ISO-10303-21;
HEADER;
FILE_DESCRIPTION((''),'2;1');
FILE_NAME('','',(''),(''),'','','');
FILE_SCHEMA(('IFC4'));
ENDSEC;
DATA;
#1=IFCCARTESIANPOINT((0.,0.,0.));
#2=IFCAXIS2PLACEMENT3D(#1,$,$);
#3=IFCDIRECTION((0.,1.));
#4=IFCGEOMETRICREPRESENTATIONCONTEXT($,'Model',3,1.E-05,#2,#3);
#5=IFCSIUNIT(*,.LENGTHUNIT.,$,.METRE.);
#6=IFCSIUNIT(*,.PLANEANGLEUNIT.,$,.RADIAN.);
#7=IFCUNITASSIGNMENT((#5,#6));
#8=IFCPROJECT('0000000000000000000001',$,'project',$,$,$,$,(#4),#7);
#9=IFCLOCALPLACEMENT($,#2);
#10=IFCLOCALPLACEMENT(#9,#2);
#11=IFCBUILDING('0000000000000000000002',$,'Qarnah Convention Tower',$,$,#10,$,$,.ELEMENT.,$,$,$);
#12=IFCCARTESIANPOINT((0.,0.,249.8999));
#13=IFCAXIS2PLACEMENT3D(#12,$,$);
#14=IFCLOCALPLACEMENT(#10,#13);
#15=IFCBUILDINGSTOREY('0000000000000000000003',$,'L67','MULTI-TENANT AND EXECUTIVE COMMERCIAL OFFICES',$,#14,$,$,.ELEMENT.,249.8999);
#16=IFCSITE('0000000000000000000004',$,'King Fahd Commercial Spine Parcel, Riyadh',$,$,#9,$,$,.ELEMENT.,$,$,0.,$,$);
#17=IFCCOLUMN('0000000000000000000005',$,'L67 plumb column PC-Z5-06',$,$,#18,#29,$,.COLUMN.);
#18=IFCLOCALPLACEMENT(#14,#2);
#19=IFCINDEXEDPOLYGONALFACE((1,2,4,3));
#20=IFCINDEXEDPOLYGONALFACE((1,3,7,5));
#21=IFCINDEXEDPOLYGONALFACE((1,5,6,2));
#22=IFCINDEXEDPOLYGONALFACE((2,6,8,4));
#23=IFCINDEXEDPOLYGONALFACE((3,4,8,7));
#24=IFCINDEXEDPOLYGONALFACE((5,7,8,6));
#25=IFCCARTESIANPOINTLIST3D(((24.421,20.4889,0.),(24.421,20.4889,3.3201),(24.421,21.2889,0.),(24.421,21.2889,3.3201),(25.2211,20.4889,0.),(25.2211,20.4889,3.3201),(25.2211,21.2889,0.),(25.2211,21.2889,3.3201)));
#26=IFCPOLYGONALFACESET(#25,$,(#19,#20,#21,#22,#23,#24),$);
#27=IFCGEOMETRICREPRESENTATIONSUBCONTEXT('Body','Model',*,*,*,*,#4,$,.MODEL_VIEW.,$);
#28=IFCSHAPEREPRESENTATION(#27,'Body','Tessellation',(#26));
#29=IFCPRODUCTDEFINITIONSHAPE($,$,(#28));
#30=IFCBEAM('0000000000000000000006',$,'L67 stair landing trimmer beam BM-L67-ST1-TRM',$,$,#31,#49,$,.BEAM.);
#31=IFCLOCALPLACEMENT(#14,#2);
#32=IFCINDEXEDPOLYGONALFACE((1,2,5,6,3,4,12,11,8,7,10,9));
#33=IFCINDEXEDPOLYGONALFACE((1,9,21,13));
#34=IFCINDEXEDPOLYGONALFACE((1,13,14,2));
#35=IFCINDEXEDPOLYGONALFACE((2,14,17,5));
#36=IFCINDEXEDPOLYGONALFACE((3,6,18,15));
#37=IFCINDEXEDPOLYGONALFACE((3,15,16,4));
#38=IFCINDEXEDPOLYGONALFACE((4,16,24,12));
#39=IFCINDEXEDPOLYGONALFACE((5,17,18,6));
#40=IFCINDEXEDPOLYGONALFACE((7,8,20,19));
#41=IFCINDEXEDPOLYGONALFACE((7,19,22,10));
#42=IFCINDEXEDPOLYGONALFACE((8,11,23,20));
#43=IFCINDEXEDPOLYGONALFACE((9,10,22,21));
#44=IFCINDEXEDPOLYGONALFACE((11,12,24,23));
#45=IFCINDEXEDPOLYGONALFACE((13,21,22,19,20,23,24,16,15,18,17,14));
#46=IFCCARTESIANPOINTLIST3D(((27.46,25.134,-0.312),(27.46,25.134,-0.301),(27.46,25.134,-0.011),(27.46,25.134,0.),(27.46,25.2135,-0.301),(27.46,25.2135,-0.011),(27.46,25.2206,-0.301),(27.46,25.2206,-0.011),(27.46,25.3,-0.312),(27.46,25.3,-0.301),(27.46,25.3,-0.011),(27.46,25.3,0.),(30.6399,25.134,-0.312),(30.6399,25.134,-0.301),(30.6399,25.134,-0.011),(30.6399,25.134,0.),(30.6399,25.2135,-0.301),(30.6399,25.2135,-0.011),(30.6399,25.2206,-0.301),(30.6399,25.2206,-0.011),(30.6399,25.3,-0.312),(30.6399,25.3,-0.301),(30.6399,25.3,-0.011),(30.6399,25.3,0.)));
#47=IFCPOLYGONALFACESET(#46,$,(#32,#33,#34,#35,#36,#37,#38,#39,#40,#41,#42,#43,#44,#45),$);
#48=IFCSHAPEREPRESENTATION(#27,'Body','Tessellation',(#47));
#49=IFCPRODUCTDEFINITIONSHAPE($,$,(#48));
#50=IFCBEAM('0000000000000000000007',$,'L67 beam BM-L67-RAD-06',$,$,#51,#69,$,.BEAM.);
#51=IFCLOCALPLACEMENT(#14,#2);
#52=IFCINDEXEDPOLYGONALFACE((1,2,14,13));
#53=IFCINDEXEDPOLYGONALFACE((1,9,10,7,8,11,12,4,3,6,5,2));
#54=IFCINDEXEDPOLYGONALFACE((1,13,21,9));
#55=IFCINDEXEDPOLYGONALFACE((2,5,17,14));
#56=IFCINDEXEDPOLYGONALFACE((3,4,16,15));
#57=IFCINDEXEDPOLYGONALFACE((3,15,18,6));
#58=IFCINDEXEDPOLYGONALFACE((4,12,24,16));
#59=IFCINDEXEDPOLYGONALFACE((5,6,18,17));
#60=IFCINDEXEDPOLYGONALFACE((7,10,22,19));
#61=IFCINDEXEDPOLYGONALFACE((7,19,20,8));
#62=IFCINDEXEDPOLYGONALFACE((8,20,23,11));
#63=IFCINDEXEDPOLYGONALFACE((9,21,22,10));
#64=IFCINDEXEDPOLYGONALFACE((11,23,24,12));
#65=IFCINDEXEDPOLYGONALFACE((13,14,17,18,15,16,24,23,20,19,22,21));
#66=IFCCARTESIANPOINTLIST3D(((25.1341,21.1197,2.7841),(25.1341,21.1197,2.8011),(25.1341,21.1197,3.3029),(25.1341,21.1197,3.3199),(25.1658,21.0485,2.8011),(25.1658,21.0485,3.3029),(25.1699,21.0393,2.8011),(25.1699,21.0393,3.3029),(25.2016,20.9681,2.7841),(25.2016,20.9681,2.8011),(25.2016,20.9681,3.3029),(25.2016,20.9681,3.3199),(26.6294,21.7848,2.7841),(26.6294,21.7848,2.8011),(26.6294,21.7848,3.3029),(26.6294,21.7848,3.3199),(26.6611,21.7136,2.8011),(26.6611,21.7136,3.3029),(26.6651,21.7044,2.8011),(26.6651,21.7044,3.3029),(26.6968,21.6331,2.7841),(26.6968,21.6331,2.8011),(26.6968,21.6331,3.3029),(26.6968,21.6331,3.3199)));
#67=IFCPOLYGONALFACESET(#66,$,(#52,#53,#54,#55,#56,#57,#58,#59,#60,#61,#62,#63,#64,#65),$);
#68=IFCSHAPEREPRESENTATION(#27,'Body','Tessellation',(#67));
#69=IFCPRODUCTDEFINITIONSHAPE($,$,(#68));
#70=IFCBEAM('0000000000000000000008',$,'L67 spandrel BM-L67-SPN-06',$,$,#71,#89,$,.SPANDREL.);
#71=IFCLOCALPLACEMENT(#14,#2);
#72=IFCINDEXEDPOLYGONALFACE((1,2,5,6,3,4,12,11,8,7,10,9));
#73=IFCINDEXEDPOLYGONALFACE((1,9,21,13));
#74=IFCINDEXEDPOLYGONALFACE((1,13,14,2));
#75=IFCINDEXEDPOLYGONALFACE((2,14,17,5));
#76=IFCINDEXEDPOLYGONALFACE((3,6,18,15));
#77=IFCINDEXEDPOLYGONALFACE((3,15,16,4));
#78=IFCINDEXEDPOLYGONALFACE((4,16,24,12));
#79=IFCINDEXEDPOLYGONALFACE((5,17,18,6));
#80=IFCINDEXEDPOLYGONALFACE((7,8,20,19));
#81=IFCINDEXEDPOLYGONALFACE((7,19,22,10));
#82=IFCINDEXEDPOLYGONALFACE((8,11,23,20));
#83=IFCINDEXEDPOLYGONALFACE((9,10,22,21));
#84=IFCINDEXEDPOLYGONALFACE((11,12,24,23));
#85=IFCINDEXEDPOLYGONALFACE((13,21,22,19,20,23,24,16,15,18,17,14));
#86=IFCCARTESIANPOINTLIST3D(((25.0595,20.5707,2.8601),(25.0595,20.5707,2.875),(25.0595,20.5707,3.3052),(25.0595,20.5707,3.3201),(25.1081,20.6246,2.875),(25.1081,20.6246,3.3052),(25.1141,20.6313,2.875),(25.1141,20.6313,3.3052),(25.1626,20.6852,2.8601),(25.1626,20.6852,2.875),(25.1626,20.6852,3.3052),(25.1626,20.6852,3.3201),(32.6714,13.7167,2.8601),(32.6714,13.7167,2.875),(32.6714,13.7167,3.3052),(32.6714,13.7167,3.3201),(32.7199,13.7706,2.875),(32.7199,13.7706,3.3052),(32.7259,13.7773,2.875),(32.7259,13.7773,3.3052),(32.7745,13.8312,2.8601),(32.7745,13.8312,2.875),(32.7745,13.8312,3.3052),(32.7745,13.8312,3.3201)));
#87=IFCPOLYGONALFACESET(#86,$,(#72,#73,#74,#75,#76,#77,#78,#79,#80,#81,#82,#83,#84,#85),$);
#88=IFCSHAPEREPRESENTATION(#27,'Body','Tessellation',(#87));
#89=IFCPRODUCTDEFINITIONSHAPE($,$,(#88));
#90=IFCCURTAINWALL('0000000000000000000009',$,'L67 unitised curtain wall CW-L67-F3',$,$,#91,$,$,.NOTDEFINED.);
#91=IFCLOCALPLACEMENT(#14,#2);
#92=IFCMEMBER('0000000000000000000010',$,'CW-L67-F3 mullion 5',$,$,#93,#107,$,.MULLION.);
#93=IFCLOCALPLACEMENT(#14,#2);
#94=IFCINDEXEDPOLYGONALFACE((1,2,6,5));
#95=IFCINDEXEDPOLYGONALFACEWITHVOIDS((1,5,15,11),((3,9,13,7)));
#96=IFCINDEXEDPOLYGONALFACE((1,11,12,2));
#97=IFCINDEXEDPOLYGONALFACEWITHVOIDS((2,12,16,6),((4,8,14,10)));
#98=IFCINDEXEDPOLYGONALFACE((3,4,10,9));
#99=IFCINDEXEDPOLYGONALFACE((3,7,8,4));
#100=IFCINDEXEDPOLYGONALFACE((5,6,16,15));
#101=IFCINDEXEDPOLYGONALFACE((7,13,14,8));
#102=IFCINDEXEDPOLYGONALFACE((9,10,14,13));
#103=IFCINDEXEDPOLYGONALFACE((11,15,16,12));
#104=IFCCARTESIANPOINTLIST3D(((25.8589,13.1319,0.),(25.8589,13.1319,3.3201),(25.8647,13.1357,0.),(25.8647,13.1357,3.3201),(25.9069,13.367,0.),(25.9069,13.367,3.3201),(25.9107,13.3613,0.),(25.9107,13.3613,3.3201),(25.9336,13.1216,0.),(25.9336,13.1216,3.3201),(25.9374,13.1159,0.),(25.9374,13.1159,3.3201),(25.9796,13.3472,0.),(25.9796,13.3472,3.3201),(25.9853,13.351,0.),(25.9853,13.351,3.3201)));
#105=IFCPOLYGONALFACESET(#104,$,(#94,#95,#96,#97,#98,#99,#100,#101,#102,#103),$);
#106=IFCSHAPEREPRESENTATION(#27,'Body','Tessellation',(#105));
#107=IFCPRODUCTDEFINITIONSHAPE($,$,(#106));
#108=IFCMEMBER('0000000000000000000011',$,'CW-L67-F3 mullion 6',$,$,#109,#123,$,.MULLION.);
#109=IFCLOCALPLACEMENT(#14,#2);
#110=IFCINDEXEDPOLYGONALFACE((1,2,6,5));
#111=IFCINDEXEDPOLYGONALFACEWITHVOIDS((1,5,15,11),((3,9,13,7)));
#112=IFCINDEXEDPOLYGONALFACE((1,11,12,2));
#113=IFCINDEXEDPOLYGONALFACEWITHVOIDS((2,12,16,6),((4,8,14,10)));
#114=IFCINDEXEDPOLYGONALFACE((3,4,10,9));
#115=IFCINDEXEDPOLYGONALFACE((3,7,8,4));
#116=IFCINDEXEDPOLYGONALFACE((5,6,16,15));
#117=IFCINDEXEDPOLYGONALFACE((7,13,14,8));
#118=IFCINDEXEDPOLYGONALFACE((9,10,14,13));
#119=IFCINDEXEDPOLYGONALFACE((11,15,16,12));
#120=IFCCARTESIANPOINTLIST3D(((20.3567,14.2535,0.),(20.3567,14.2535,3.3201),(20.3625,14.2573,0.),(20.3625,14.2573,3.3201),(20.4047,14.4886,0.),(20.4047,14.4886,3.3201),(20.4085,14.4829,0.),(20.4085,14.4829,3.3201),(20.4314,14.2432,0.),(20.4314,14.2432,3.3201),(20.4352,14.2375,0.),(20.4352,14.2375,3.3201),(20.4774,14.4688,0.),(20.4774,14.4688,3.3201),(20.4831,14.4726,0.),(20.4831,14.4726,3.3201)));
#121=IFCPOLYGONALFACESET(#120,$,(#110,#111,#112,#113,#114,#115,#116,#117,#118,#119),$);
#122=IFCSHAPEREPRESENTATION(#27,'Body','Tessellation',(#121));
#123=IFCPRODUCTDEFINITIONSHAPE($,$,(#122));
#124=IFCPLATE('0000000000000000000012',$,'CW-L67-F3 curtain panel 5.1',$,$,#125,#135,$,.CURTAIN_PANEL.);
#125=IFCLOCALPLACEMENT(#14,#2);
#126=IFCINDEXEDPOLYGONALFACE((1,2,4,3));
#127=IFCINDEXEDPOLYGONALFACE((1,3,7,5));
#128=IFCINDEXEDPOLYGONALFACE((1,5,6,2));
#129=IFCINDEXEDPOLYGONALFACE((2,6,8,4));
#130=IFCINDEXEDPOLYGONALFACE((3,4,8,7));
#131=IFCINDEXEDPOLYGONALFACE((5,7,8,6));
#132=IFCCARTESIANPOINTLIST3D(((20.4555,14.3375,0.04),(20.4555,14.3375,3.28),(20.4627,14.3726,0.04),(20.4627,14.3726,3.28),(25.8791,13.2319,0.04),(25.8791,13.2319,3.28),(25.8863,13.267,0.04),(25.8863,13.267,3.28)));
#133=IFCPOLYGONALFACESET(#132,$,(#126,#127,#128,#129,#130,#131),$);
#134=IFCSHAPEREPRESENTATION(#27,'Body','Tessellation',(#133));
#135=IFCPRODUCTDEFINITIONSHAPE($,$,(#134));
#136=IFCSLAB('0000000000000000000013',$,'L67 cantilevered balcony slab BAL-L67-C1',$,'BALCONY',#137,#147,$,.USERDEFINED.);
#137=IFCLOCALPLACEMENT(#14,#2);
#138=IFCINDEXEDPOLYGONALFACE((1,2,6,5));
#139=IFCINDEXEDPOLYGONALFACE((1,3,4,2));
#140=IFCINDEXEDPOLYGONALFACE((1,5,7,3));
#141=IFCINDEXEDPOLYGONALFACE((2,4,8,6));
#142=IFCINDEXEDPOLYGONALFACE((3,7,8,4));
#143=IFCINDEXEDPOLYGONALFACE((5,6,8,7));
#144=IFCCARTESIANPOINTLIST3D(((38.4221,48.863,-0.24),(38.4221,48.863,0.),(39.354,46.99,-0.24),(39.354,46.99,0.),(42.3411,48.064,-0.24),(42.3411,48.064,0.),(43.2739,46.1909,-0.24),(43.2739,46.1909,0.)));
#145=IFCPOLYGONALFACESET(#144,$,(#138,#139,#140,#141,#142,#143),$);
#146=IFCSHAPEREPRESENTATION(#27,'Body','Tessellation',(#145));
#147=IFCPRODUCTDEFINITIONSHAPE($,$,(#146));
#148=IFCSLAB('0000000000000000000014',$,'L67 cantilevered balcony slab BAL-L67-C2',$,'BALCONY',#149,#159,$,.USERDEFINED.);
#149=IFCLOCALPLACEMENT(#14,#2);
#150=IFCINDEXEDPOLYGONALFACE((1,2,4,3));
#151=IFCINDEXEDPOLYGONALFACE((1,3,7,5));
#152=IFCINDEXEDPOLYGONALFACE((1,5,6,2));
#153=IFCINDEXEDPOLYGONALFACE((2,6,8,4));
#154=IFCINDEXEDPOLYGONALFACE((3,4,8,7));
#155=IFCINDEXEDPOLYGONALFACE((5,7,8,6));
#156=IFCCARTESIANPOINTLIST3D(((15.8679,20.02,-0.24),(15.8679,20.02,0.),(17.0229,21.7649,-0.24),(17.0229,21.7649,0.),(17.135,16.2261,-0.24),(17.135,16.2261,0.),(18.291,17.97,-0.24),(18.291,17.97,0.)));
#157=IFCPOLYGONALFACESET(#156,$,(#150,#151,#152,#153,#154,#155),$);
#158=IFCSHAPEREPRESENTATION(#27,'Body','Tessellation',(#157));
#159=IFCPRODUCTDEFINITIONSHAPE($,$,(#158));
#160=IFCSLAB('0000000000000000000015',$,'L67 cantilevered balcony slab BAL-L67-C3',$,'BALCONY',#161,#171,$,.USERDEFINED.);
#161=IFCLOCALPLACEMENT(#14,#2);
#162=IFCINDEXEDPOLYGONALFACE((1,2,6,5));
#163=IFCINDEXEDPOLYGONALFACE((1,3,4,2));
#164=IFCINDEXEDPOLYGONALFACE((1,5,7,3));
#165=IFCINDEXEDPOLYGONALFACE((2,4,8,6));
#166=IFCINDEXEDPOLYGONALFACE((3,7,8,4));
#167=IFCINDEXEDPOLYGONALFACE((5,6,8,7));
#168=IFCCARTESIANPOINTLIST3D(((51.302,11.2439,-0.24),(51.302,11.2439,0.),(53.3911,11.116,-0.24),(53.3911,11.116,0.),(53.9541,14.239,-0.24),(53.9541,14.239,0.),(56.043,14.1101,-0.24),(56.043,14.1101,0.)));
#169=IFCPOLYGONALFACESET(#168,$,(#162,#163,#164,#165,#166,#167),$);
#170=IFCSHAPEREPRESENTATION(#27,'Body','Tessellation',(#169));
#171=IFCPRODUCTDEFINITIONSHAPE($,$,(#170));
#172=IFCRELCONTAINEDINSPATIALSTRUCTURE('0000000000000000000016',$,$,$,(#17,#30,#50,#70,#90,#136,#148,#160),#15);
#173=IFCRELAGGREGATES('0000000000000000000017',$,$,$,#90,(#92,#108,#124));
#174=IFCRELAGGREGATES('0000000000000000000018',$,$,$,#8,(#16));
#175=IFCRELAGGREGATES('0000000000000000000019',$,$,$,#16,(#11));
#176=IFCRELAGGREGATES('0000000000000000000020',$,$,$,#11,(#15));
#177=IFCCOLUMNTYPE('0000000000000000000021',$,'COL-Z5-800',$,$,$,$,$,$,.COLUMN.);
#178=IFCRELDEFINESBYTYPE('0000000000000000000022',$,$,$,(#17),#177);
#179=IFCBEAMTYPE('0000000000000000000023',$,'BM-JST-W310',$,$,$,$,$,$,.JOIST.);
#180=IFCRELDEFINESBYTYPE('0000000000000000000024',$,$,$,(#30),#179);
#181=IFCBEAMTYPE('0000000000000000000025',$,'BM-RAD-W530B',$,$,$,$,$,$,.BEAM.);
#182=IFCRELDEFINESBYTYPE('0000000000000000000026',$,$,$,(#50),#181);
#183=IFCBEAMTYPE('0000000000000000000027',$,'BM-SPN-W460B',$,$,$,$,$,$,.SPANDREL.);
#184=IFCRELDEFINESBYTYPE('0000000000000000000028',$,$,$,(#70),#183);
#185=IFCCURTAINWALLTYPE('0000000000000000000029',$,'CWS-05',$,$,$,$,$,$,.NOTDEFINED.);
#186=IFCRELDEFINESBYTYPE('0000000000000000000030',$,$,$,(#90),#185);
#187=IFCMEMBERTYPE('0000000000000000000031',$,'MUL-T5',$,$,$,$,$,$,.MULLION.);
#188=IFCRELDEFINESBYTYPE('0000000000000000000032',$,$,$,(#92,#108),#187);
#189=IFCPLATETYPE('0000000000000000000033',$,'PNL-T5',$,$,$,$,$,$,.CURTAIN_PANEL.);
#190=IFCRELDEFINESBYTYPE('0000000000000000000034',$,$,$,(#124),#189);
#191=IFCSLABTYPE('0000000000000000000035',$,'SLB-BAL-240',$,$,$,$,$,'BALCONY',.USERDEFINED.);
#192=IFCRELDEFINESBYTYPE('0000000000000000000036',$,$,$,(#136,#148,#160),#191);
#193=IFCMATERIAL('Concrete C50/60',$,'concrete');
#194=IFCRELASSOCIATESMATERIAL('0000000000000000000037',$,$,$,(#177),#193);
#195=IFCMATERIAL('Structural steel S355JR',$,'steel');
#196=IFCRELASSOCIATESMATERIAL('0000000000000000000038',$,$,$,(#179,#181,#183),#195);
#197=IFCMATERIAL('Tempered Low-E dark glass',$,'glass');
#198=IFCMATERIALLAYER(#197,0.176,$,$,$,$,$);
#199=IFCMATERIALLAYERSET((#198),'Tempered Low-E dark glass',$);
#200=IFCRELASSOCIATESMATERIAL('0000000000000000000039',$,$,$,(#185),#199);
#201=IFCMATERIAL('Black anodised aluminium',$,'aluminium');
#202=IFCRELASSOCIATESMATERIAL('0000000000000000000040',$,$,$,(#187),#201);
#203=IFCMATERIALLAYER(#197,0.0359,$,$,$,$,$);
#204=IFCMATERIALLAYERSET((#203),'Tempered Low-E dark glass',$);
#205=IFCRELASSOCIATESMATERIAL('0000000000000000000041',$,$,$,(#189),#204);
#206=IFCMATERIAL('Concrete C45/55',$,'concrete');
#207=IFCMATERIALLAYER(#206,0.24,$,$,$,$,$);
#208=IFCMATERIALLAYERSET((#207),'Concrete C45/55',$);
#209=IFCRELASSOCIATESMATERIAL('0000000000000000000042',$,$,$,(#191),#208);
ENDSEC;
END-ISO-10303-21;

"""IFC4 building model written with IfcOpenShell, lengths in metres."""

from ifc_helpers import new_model, si_unit, direction, frame, origin, origin_2d, place, context, subcontext, project, spatial, polyline, rectangle, hollow_rectangle, i_section, outline, extrude, material, layer, layer_set, material_profile, profile_set, type_object, element, aggregate, save


model = new_model("IFC4")

# Units and contexts
model_context = context("Model", 3, precision=1e-05, world=origin(), true_north=direction((0.0, 1.0)))
body_context = subcontext(model_context, "Body", "Model", "MODEL_VIEW")
ifc_project = project(units=[si_unit("LENGTHUNIT", "METRE"), si_unit("PLANEANGLEUNIT", "RADIAN")], contexts=[model_context])

# Site, building, storey
site_placement = place(None, origin())
site = spatial("IfcSite", under=ifc_project, at=site_placement, Name="King Fahd Commercial Spine Parcel, Riyadh", CompositionType="ELEMENT", RefElevation=0.0)
building_placement = place(site_placement, origin())
building = spatial("IfcBuilding", under=site, at=building_placement, Name="Qarnah Convention Tower", CompositionType="ELEMENT")
storey_placement = place(building_placement, frame((0.0, 0.0, 249.8999)))
storey = spatial("IfcBuildingStorey", under=building, at=storey_placement, Name="L67", Description="MULTI-TENANT AND EXECUTIVE COMMERCIAL OFFICES", CompositionType="ELEMENT", Elevation=249.8999)

# Column
ifc_material_1 = material(Name="Concrete C50/60", Category="concrete")
ifc_material_profile_1 = material_profile(ifc_material_1, rectangle(XDim=0.8, YDim=0.8, at=origin_2d()), Name="RC-COL-800X800")
ifc_profile_set_1 = profile_set([ifc_material_profile_1], Name="Concrete C50/60")
column_type = type_object("IfcColumnType", Name="COL-Z5-800", PredefinedType="COLUMN", material=ifc_profile_set_1)
column_placement = place(storey_placement, frame((24.821, 20.8889, 0.0), z_axis=(0.0, 0.0, 1.0), x_axis=(1.0, 0.0, 0.0)))
element("IfcColumn", 1, at=column_placement, inside=storey, type_object=column_type, Name="L67 plumb column PC-Z5-06", PredefinedType="COLUMN", context=body_context, shape_type="SweptSolid", body=[
    extrude(rectangle(XDim=0.8, YDim=0.8, at=origin_2d()), origin(), (0.0, 0.0, 1.0), 3.3201),
])

# Beams
ifc_material_2 = material(Name="Structural steel S355JR", Category="steel")
ifc_material_profile_2 = material_profile(ifc_material_2, i_section(OverallWidth=0.166, OverallDepth=0.312, WebThickness=0.0071, FlangeThickness=0.011, at=origin_2d()), Name="W310X45")
ifc_profile_set_2 = profile_set([ifc_material_profile_2], Name="Structural steel S355JR")
beam_type_1 = type_object("IfcBeamType", Name="BM-JST-W310", PredefinedType="JOIST", material=ifc_profile_set_2)
beam_1_placement = place(storey_placement, frame((27.46, 25.217, -0.156), z_axis=(1.0, 0.0, 0.0), x_axis=(0.0, 1.0, 0.0)))
element("IfcBeam", 2, at=beam_1_placement, inside=storey, type_object=beam_type_1, Name="L67 stair landing trimmer beam BM-L67-ST1-TRM", PredefinedType="BEAM", context=body_context, shape_type="SweptSolid", body=[
    extrude(i_section(OverallWidth=0.166, OverallDepth=0.312, WebThickness=0.0071, FlangeThickness=0.011, at=origin_2d()), origin(), (0.0, 0.0, 1.0), 3.1799),
])
ifc_material_profile_3 = material_profile(ifc_material_2, i_section(OverallWidth=0.166, OverallDepth=0.5359, WebThickness=0.01, FlangeThickness=0.0171, at=origin_2d()), Name="W530X85")
ifc_profile_set_3 = profile_set([ifc_material_profile_3], Name="Structural steel S355JR")
beam_type_2 = type_object("IfcBeamType", Name="BM-RAD-W530B", PredefinedType="BEAM", material=ifc_profile_set_3)
beam_2_placement = place(storey_placement, frame((26.6631, 21.709, 3.052), z_axis=(-0.913688, -0.406415, 0.0), x_axis=(0.406415, -0.913688, 0.0)))
element("IfcBeam", 3, at=beam_2_placement, inside=storey, type_object=beam_type_2, Name="L67 beam BM-L67-RAD-06", PredefinedType="BEAM", context=body_context, shape_type="SweptSolid", body=[
    extrude(i_section(OverallWidth=0.166, OverallDepth=0.5359, WebThickness=0.01, FlangeThickness=0.0171, at=origin_2d()), origin(), (0.0, 0.0, 1.0), 1.6365),
])
ifc_material_profile_4 = material_profile(ifc_material_2, i_section(OverallWidth=0.1541, OverallDepth=0.46, WebThickness=0.009, FlangeThickness=0.0149, at=origin_2d()), Name="W460X68")
ifc_profile_set_4 = profile_set([ifc_material_profile_4], Name="Structural steel S355JR")
beam_type_3 = type_object("IfcBeamType", Name="BM-SPN-W460B", PredefinedType="SPANDREL", material=ifc_profile_set_4)
beam_3_placement = place(storey_placement, frame((25.1111, 20.6279, 3.0901), z_axis=(0.743131, -0.669146, 0.0), x_axis=(0.669146, 0.743131, 0.0)))
element("IfcBeam", 4, at=beam_3_placement, inside=storey, type_object=beam_type_3, Name="L67 spandrel BM-L67-SPN-06", PredefinedType="SPANDREL", context=body_context, shape_type="SweptSolid", body=[
    extrude(i_section(OverallWidth=0.1541, OverallDepth=0.46, WebThickness=0.009, FlangeThickness=0.0149, at=origin_2d()), origin(), (0.0, 0.0, 1.0), 10.2429),
])

# Curtain wall, members, plate
ifc_material_3 = material(Name="Tempered Low-E dark glass", Category="glass")
ifc_layer_1 = layer(ifc_material_3, 0.176)
ifc_layer_set_1 = layer_set([ifc_layer_1], Name="Tempered Low-E dark glass")
curtain_wall_type = type_object("IfcCurtainWallType", Name="CWS-05", PredefinedType="NOTDEFINED", material=ifc_layer_set_1)
curtain_wall_placement = place(storey_placement, origin())
curtain_wall = element("IfcCurtainWall", 5, at=curtain_wall_placement, inside=storey, type_object=curtain_wall_type, Name="L67 unitised curtain wall CW-L67-F3", PredefinedType="NOTDEFINED")
ifc_material_4 = material(Name="Black anodised aluminium", Category="aluminium")
ifc_material_profile_5 = material_profile(ifc_material_4, hollow_rectangle(XDim=0.0801, YDim=0.24, WallThickness=0.0049, at=origin_2d()), Name="MUL-80X240")
ifc_profile_set_5 = profile_set([ifc_material_profile_5], Name="Black anodised aluminium")
member_type = type_object("IfcMemberType", Name="MUL-T5", PredefinedType="MULLION", material=ifc_profile_set_5)
member_1_placement = place(storey_placement, frame((25.9221, 13.2415, 0.0), z_axis=(0.0, 0.0, 1.0), x_axis=(-0.979848, 0.199745, 0.0)))
member_1 = element("IfcMember", 6, at=member_1_placement, type_object=member_type, Name="CW-L67-F3 mullion 5", PredefinedType="MULLION", context=body_context, shape_type="SweptSolid", body=[
    extrude(hollow_rectangle(XDim=0.0801, YDim=0.24, WallThickness=0.0049, at=origin_2d()), origin(), (0.0, 0.0, 1.0), 3.3201),
])
member_2_placement = place(storey_placement, frame((20.4199, 14.363, 0.0), z_axis=(0.0, 0.0, 1.0), x_axis=(-0.979848, 0.199745, 0.0)))
member_2 = element("IfcMember", 7, at=member_2_placement, type_object=member_type, Name="CW-L67-F3 mullion 6", PredefinedType="MULLION", context=body_context, shape_type="SweptSolid", body=[
    extrude(hollow_rectangle(XDim=0.0801, YDim=0.24, WallThickness=0.0049, at=origin_2d()), origin(), (0.0, 0.0, 1.0), 3.3201),
])
ifc_layer_2 = layer(ifc_material_3, 0.0359)
ifc_layer_set_2 = layer_set([ifc_layer_2], Name="Tempered Low-E dark glass")
plate_type = type_object("IfcPlateType", Name="PNL-T5", PredefinedType="CURTAIN_PANEL", material=ifc_layer_set_2)
plate_placement = place(storey_placement, frame((23.1709, 13.8022, 0.04), z_axis=(0.0, 0.0, 1.0), x_axis=(-0.979848, 0.199745, 0.0)))
plate = element("IfcPlate", 8, at=plate_placement, type_object=plate_type, Name="CW-L67-F3 curtain panel 5.1", PredefinedType="CURTAIN_PANEL", context=body_context, shape_type="SweptSolid", body=[
    extrude(rectangle(XDim=5.5352, YDim=0.0359, at=origin_2d()), origin(), (0.0, 0.0, 1.0), 3.24),
])
aggregate(curtain_wall, [member_1, member_2, plate])

# Slabs
ifc_material_5 = material(Name="Concrete C45/55", Category="concrete")
ifc_layer_3 = layer(ifc_material_5, 0.24)
ifc_layer_set_3 = layer_set([ifc_layer_3], Name="Concrete C45/55")
slab_type_1 = type_object("IfcSlabType", Name="SLB-BAL-240", ElementType="BALCONY", PredefinedType="USERDEFINED", material=ifc_layer_set_3)
slab_1_placement = place(storey_placement, frame((0.0, 0.0, -0.24)))
element("IfcSlab", 9, at=slab_1_placement, inside=storey, type_object=slab_type_1, Name="L67 cantilevered balcony slab BAL-L67-C1", ObjectType="BALCONY", PredefinedType="USERDEFINED", context=body_context, shape_type="SweptSolid", body=[
    extrude(outline(polyline([(38.4221, 48.863), (42.3411, 48.064), (43.2739, 46.1909), (39.354, 46.99), (38.4221, 48.863)])), origin(), (0.0, 0.0, 1.0), 0.24),
])
slab_2_placement = place(storey_placement, frame((0.0, 0.0, -0.24)))
element("IfcSlab", 10, at=slab_2_placement, inside=storey, type_object=slab_type_1, Name="L67 cantilevered balcony slab BAL-L67-C2", ObjectType="BALCONY", PredefinedType="USERDEFINED", context=body_context, shape_type="SweptSolid", body=[
    extrude(outline(polyline([(17.135, 16.2261), (15.8679, 20.02), (17.0229, 21.7649), (18.291, 17.97), (17.135, 16.2261)])), origin(), (0.0, 0.0, 1.0), 0.24),
])
slab_3_placement = place(storey_placement, frame((0.0, 0.0, -0.24)))
element("IfcSlab", 11, at=slab_3_placement, inside=storey, type_object=slab_type_1, Name="L67 cantilevered balcony slab BAL-L67-C3", ObjectType="BALCONY", PredefinedType="USERDEFINED", context=body_context, shape_type="SweptSolid", body=[
    extrude(outline(polyline([(56.043, 14.1101), (53.3911, 11.116), (51.302, 11.2439), (53.9541, 14.239), (56.043, 14.1101)])), origin(), (0.0, 0.0, 1.0), 0.24),
])

save(model, "model.ifc")
